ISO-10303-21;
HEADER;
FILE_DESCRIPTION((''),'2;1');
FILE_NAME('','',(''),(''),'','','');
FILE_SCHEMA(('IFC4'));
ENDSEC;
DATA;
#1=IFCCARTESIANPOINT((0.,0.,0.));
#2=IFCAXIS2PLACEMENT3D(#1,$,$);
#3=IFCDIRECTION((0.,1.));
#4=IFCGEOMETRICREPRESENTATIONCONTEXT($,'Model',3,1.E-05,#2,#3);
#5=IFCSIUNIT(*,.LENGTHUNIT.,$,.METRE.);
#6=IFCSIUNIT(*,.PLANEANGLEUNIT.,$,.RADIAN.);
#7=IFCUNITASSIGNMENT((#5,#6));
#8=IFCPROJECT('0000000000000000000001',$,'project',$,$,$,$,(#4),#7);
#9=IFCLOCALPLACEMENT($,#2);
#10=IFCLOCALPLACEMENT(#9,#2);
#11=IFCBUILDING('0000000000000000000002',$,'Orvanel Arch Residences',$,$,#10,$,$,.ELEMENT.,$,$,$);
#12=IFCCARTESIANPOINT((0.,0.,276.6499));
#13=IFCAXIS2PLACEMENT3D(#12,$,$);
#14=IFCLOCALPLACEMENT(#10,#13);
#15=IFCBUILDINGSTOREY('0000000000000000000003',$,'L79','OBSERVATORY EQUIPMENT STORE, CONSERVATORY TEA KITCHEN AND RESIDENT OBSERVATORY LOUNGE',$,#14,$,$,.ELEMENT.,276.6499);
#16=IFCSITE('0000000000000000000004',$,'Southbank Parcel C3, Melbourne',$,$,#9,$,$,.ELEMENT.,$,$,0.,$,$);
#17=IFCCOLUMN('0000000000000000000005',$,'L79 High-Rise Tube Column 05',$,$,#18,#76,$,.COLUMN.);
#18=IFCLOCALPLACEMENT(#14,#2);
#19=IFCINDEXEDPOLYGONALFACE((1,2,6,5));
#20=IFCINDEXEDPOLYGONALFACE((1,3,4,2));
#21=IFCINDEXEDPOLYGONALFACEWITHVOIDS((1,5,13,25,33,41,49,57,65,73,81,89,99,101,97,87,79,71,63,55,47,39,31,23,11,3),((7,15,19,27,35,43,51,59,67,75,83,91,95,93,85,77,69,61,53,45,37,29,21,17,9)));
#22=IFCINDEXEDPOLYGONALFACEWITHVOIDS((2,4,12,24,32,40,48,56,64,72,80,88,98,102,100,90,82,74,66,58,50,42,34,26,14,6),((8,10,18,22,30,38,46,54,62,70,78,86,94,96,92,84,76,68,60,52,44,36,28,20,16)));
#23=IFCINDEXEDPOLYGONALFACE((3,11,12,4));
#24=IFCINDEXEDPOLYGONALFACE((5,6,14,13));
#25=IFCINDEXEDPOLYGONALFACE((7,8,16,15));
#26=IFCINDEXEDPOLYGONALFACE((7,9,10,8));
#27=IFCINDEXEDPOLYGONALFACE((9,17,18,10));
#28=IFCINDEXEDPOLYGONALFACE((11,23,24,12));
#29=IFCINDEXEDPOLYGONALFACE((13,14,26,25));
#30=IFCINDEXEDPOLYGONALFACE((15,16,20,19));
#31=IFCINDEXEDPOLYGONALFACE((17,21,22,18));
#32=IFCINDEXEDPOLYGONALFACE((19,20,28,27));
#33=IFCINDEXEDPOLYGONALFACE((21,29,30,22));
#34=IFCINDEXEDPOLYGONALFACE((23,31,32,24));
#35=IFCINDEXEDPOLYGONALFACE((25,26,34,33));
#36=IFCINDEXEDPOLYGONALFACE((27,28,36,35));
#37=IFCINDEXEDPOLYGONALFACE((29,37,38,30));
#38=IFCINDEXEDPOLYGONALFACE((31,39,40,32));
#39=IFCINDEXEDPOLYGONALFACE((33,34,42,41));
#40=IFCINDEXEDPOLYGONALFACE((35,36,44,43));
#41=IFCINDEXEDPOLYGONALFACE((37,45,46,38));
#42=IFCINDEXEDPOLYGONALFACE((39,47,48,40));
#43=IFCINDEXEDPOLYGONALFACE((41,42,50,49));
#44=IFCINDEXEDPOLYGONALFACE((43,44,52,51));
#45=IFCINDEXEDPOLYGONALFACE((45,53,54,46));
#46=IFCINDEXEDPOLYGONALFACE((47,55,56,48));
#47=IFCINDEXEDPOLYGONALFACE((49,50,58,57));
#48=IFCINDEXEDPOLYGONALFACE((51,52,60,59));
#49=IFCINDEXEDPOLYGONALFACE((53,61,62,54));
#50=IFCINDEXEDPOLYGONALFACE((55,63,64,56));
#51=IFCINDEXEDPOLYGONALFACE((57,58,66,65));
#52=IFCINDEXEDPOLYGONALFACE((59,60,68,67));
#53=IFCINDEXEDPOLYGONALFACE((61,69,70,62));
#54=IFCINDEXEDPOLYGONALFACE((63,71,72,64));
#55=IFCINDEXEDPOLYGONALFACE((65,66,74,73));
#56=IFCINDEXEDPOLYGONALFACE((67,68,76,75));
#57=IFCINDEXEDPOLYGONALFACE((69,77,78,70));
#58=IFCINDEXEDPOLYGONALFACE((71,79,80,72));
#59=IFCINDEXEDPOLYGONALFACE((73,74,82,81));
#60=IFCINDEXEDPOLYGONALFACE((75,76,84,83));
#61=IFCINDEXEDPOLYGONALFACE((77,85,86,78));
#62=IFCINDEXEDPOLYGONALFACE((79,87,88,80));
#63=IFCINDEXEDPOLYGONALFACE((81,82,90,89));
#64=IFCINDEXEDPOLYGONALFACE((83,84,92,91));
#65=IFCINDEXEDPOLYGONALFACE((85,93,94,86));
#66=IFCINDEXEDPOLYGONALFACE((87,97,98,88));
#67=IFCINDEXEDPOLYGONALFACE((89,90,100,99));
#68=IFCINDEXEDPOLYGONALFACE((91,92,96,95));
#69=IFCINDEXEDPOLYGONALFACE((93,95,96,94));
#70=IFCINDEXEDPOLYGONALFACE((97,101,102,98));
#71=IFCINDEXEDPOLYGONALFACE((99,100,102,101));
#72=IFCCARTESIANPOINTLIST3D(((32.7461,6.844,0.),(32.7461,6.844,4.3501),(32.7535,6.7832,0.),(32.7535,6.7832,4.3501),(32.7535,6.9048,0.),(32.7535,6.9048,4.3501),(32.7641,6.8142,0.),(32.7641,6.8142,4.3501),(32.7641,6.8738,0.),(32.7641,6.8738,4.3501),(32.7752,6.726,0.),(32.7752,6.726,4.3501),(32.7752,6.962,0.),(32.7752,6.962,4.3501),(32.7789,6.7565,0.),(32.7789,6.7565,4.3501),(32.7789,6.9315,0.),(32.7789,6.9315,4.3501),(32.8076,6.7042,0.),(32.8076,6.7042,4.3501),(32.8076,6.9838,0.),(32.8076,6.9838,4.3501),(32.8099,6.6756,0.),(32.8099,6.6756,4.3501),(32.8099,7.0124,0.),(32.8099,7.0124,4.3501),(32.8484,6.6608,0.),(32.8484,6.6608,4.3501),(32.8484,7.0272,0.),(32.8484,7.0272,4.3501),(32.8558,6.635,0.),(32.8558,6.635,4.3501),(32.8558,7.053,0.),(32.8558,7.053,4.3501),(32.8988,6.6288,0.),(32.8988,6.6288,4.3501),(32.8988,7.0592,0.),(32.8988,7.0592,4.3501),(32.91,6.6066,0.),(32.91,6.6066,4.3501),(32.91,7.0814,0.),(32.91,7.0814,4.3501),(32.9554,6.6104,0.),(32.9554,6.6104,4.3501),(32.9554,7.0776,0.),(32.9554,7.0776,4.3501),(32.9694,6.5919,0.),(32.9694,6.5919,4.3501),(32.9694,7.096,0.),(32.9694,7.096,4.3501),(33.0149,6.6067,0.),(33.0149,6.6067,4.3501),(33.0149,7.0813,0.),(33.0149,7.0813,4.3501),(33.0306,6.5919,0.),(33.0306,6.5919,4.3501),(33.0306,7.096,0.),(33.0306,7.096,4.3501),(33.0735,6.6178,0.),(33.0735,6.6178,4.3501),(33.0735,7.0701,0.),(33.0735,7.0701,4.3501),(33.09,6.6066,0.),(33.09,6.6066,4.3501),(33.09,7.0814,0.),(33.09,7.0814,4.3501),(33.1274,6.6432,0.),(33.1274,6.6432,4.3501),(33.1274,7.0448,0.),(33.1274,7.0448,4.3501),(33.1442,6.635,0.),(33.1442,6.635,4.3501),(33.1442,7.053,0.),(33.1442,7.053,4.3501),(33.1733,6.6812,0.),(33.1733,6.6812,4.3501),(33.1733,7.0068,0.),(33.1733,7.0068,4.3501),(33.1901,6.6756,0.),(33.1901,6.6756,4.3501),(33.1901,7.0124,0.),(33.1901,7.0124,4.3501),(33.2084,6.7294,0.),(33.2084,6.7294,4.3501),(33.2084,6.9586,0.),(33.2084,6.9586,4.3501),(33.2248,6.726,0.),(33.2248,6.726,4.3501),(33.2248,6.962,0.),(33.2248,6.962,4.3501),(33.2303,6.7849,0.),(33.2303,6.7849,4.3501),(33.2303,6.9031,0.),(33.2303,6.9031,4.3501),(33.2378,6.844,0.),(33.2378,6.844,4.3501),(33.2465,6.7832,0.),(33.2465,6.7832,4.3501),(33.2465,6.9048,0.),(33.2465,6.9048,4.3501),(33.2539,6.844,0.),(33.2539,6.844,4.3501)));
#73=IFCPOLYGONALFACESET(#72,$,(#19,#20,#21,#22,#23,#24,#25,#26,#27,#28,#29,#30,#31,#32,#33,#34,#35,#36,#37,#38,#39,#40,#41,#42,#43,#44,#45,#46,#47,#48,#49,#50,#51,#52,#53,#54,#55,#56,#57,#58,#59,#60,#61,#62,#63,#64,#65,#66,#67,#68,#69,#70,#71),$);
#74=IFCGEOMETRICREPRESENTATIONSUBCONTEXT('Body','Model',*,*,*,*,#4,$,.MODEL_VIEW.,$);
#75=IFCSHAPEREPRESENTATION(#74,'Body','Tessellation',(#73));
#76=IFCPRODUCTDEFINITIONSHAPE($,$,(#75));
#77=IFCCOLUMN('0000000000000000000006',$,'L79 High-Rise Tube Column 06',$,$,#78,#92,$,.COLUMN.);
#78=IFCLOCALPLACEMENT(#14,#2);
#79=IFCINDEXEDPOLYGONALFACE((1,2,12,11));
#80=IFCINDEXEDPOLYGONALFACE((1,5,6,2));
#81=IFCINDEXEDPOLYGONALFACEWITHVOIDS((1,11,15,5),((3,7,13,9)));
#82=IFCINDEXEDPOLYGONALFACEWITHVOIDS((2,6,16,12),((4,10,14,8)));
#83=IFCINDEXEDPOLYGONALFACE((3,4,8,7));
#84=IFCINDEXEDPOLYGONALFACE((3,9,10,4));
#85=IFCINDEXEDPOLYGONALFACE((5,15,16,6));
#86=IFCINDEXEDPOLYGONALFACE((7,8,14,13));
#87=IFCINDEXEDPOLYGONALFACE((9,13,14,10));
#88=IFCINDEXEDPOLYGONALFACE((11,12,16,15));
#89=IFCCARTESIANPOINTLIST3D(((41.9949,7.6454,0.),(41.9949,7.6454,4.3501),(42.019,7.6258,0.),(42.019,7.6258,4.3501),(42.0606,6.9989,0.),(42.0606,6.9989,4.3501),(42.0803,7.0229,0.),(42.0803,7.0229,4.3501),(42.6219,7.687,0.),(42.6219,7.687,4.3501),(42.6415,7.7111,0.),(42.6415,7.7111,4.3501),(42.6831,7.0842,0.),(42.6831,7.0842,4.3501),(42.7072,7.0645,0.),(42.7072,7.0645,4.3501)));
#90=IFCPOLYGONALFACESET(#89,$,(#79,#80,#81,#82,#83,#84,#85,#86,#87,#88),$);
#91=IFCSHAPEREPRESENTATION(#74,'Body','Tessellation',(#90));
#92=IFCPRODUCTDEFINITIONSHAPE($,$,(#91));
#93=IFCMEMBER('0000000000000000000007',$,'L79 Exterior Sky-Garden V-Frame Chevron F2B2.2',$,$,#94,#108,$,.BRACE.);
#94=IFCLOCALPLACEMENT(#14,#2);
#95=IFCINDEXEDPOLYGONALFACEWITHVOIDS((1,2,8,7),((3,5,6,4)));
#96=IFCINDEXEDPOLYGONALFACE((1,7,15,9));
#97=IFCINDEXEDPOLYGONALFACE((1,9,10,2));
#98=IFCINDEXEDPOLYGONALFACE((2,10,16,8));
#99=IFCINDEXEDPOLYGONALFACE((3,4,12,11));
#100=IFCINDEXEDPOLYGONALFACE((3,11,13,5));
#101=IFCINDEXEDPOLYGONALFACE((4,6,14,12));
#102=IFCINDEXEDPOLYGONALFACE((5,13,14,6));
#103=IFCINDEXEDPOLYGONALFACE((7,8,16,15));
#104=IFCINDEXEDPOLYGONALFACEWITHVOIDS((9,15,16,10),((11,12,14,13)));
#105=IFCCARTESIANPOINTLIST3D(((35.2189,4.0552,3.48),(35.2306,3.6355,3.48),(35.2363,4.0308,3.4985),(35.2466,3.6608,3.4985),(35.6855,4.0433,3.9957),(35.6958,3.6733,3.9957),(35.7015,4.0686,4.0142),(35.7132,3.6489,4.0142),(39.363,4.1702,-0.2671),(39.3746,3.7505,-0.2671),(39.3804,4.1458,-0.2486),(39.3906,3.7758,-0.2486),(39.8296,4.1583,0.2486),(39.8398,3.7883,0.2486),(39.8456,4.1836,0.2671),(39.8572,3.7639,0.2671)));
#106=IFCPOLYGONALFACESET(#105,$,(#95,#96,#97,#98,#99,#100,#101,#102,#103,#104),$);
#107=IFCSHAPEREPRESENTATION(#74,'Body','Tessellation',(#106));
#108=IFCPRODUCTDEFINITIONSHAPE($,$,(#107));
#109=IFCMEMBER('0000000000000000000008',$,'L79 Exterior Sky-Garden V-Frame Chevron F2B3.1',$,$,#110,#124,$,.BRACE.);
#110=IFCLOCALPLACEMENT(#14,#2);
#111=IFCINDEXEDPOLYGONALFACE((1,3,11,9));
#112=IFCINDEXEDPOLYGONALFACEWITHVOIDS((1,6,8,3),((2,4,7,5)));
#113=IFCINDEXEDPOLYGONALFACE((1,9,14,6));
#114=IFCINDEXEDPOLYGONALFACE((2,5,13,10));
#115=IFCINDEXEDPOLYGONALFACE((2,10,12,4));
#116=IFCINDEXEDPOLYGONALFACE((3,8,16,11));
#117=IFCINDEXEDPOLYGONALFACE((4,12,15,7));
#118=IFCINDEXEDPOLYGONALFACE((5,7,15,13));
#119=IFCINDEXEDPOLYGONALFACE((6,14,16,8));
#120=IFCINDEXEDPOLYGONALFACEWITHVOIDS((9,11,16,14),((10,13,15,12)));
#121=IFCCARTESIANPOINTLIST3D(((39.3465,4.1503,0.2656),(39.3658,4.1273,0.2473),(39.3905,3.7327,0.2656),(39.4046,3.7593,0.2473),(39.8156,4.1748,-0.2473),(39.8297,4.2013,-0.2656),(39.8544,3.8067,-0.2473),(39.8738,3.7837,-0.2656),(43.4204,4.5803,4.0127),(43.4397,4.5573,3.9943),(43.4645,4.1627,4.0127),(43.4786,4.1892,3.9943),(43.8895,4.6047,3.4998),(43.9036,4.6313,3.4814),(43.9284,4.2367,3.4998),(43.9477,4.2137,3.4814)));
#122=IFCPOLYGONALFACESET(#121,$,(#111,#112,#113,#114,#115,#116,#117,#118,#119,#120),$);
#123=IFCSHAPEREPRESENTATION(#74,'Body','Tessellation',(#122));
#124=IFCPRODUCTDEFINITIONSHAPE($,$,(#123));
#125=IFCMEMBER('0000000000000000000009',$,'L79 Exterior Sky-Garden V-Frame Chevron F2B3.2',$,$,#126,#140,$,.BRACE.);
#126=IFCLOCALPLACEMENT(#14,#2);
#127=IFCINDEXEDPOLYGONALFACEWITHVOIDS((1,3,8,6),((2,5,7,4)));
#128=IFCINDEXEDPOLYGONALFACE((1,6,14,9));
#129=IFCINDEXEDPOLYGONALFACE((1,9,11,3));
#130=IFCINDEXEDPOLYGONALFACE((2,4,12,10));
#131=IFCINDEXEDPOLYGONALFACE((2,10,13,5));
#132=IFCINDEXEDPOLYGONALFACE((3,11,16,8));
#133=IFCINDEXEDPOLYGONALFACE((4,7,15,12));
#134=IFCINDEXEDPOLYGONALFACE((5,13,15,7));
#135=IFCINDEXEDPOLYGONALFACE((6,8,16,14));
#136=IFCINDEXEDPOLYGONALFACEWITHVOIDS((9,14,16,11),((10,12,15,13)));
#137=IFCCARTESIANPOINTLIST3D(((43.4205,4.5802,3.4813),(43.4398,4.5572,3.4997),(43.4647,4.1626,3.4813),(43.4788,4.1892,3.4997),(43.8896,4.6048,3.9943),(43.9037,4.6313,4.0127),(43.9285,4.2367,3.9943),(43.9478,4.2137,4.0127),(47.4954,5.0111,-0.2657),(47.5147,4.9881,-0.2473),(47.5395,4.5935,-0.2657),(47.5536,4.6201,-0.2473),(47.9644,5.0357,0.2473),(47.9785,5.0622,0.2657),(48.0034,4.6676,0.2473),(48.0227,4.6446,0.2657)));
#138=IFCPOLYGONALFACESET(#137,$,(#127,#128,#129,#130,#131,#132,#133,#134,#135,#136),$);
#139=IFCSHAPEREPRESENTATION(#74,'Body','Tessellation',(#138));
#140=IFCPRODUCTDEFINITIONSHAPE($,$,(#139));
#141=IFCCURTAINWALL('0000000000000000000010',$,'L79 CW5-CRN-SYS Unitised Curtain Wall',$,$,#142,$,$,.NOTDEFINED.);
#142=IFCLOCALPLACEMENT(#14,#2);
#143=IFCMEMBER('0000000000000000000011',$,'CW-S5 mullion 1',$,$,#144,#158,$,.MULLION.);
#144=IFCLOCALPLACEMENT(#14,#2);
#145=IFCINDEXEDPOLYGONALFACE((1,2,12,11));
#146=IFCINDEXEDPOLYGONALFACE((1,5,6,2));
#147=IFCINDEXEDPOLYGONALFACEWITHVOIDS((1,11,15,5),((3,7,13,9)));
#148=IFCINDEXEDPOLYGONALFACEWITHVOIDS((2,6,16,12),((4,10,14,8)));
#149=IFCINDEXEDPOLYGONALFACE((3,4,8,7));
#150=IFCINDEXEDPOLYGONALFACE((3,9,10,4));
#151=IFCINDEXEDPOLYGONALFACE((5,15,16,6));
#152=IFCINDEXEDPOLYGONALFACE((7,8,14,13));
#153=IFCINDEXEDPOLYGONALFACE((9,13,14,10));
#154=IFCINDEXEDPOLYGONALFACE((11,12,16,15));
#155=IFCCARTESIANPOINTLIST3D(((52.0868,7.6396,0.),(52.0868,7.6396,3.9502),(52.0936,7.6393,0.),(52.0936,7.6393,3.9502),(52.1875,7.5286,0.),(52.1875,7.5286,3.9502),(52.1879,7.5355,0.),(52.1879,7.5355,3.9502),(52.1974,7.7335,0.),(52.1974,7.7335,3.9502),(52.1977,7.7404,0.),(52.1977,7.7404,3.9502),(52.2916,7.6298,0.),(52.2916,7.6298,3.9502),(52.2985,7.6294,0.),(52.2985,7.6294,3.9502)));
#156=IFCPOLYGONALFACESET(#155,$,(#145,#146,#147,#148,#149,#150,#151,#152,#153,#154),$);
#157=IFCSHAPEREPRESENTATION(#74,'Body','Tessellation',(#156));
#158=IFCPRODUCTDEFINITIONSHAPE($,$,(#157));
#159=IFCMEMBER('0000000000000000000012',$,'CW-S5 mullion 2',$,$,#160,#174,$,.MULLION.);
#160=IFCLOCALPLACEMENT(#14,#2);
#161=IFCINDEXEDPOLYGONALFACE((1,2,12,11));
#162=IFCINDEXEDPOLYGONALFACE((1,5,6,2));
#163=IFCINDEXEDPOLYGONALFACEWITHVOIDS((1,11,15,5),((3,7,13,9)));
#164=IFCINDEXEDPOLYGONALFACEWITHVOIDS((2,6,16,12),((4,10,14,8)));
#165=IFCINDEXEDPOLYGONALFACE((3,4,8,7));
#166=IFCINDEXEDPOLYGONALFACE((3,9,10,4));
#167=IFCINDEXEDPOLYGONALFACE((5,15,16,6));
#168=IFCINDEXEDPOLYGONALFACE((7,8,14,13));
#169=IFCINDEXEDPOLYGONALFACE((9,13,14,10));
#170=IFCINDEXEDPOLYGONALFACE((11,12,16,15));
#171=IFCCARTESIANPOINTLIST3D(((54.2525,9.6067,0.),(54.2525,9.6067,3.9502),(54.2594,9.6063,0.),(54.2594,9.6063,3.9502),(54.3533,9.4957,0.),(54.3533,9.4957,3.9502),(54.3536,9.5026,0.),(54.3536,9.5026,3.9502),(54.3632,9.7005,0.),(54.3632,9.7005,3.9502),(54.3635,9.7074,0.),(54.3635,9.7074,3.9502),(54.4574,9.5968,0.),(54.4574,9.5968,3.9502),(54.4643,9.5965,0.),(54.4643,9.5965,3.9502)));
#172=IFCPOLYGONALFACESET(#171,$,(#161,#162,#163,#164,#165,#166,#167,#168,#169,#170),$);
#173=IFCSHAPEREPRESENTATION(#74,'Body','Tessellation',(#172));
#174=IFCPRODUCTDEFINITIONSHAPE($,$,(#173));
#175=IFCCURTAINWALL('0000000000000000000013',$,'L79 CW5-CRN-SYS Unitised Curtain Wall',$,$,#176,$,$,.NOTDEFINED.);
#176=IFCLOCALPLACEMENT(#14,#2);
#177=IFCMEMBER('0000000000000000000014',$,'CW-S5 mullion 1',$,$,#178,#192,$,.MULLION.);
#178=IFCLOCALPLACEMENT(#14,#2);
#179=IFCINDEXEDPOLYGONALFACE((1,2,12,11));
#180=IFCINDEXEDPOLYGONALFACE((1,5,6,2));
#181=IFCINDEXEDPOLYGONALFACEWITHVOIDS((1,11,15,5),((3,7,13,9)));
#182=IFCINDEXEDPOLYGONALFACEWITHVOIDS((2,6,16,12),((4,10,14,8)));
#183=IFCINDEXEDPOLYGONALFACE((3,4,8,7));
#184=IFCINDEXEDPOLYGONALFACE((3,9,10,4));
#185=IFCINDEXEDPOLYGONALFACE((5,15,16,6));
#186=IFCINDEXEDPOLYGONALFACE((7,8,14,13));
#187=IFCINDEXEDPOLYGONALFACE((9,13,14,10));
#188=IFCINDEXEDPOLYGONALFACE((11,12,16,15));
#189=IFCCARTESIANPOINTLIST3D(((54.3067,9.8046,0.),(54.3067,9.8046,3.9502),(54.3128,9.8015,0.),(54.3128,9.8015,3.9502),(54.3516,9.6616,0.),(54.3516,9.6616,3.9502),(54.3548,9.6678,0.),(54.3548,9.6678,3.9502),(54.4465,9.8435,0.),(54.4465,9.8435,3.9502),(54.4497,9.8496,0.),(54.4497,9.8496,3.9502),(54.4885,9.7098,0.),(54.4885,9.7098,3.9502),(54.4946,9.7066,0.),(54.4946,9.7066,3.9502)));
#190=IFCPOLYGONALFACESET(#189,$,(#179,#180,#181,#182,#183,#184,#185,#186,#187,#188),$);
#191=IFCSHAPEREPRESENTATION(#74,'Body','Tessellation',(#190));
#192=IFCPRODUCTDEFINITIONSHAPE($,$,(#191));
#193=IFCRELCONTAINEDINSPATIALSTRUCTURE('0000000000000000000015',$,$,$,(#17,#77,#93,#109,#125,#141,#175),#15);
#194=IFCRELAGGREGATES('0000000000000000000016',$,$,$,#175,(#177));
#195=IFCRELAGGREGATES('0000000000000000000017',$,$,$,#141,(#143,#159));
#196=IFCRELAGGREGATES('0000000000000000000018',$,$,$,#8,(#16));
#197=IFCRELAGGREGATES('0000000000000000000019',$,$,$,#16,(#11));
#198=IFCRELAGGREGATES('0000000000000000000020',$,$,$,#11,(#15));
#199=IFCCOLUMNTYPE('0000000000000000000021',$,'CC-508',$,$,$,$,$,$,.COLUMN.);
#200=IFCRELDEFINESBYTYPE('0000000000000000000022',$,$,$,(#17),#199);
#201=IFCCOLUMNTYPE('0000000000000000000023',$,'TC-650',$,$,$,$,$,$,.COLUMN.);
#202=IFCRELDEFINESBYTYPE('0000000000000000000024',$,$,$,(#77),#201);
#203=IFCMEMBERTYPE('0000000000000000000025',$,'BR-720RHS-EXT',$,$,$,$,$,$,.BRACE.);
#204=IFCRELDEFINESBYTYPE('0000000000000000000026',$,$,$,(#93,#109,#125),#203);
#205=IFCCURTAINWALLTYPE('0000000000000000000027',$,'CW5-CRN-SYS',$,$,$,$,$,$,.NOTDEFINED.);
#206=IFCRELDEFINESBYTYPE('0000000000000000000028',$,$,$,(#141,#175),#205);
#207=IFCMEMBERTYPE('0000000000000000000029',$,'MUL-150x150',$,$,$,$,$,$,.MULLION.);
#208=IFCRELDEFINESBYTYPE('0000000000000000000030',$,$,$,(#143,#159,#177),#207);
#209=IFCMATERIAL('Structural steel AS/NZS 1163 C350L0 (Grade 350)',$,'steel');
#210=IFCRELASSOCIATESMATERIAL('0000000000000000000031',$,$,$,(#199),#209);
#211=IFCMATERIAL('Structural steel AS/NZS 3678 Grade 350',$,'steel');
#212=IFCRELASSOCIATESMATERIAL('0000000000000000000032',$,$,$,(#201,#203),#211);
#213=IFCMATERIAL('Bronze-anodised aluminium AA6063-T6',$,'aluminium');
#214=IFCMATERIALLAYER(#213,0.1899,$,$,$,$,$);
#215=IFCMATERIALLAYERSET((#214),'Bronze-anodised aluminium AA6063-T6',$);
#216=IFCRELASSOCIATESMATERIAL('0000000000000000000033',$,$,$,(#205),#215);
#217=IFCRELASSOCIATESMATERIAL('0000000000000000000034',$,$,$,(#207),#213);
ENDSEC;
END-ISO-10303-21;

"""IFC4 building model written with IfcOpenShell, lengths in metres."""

from ifc_helpers import new_model, si_unit, direction, frame, origin, origin_2d, place, context, subcontext, project, spatial, hollow_rectangle, hollow_circle, extrude, material, layer, layer_set, material_profile, profile_set, type_object, element, aggregate, save


model = new_model("IFC4")

# Units and contexts
model_context = context("Model", 3, precision=1e-05, world=origin(), true_north=direction((0.0, 1.0)))
body_context = subcontext(model_context, "Body", "Model", "MODEL_VIEW")
ifc_project = project(units=[si_unit("LENGTHUNIT", "METRE"), si_unit("PLANEANGLEUNIT", "RADIAN")], contexts=[model_context])

# Site, building, storey
site_placement = place(None, origin())
site = spatial("IfcSite", under=ifc_project, at=site_placement, Name="Southbank Parcel C3, Melbourne", CompositionType="ELEMENT", RefElevation=0.0)
building_placement = place(site_placement, origin())
building = spatial("IfcBuilding", under=site, at=building_placement, Name="Orvanel Arch Residences", CompositionType="ELEMENT")
storey_placement = place(building_placement, frame((0.0, 0.0, 276.6499)))
storey = spatial("IfcBuildingStorey", under=building, at=storey_placement, Name="L79", Description="OBSERVATORY EQUIPMENT STORE, CONSERVATORY TEA KITCHEN AND RESIDENT OBSERVATORY LOUNGE", CompositionType="ELEMENT", Elevation=276.6499)

# Columns
ifc_material_1 = material(Name="Structural steel AS/NZS 1163 C350L0 (Grade 350)", Category="steel")
ifc_material_profile_1 = material_profile(ifc_material_1, hollow_circle(Radius=0.2539, WallThickness=0.0161, at=origin_2d()), Name="CHS508x16")
ifc_profile_set_1 = profile_set([ifc_material_profile_1], Name="Structural steel AS/NZS 1163 C350L0 (Grade 350)")
column_type_1 = type_object("IfcColumnType", Name="CC-508", PredefinedType="COLUMN", material=ifc_profile_set_1)
column_1_placement = place(storey_placement, frame((33.0, 6.844, 0.0), z_axis=(0.0, 0.0, 1.0), x_axis=(1.0, 0.0, 0.0)))
element("IfcColumn", 1, at=column_1_placement, inside=storey, type_object=column_type_1, Name="L79 High-Rise Tube Column 05", PredefinedType="COLUMN", context=body_context, shape_type="SweptSolid", body=[
    extrude(hollow_circle(Radius=0.2539, WallThickness=0.0161, at=origin_2d()), origin(), (0.0, 0.0, 1.0), 4.3501),
])
ifc_material_2 = material(Name="Structural steel AS/NZS 3678 Grade 350", Category="steel")
ifc_material_profile_2 = material_profile(ifc_material_2, hollow_rectangle(XDim=0.6499, YDim=0.6499, WallThickness=0.022, at=origin_2d()), Name="BOX650x650x22")
ifc_profile_set_2 = profile_set([ifc_material_profile_2], Name="Structural steel AS/NZS 3678 Grade 350")
column_type_2 = type_object("IfcColumnType", Name="TC-650", PredefinedType="COLUMN", material=ifc_profile_set_2)
column_2_placement = place(storey_placement, frame((42.3511, 7.355, 0.0), z_axis=(0.0, 0.0, 1.0), x_axis=(0.994881, 0.101056, 0.0)))
element("IfcColumn", 2, at=column_2_placement, inside=storey, type_object=column_type_2, Name="L79 High-Rise Tube Column 06", PredefinedType="COLUMN", context=body_context, shape_type="SweptSolid", body=[
    extrude(hollow_rectangle(XDim=0.6499, YDim=0.6499, WallThickness=0.022, at=origin_2d()), origin(), (0.0, 0.0, 1.0), 4.3501),
])

# Members
ifc_material_profile_3 = material_profile(ifc_material_2, hollow_rectangle(XDim=0.4199, YDim=0.72, WallThickness=0.0249, at=origin_2d()), Name="RHS720x420x25")
ifc_profile_set_3 = profile_set([ifc_material_profile_3], Name="Structural steel AS/NZS 3678 Grade 350")
member_type_1 = type_object("IfcMemberType", Name="BR-720RHS-EXT", PredefinedType="BRACE", material=ifc_profile_set_3)
member_1_placement = place(storey_placement, frame((39.6101, 3.967, 0.0), z_axis=(-0.741584, -0.020578, 0.670545), x_axis=(0.027738, -0.999615, 0.0)))
element("IfcMember", 3, at=member_1_placement, inside=storey, type_object=member_type_1, Name="L79 Exterior Sky-Garden V-Frame Chevron F2B2.2", PredefinedType="BRACE", context=body_context, shape_type="SweptSolid", body=[
    extrude(hollow_rectangle(XDim=0.4199, YDim=0.72, WallThickness=0.0249, at=origin_2d()), origin(), (0.0, 0.0, 1.0), 5.5881),
])
member_2_placement = place(storey_placement, frame((39.6101, 3.967, 0.0), z_axis=(0.73381, 0.07744, 0.674927), x_axis=(-0.104948, 0.994478, 0.0)))
element("IfcMember", 4, at=member_2_placement, inside=storey, type_object=member_type_1, Name="L79 Exterior Sky-Garden V-Frame Chevron F2B3.1", PredefinedType="BRACE", context=body_context, shape_type="SweptSolid", body=[
    extrude(hollow_rectangle(XDim=0.4199, YDim=0.72, WallThickness=0.0249, at=origin_2d()), origin(), (0.0, 0.0, 1.0), 5.5518),
])
member_3_placement = place(storey_placement, frame((47.759, 4.8279, 0.0), z_axis=(-0.733881, -0.077605, 0.674831), x_axis=(0.105159, -0.994455, 0.0)))
element("IfcMember", 5, at=member_3_placement, inside=storey, type_object=member_type_1, Name="L79 Exterior Sky-Garden V-Frame Chevron F2B3.2", PredefinedType="BRACE", context=body_context, shape_type="SweptSolid", body=[
    extrude(hollow_rectangle(XDim=0.4199, YDim=0.72, WallThickness=0.0249, at=origin_2d()), origin(), (0.0, 0.0, 1.0), 5.5525),
])

# Curtain wall, members
ifc_material_3 = material(Name="Bronze-anodised aluminium AA6063-T6", Category="aluminium")
ifc_layer_1 = layer(ifc_material_3, 0.1899)
ifc_layer_set_1 = layer_set([ifc_layer_1], Name="Bronze-anodised aluminium AA6063-T6")
curtain_wall_type_1 = type_object("IfcCurtainWallType", Name="CW5-CRN-SYS", PredefinedType="NOTDEFINED", material=ifc_layer_set_1)
curtain_wall_1_placement = place(storey_placement, origin())
curtain_wall_1 = element("IfcCurtainWall", 6, at=curtain_wall_1_placement, inside=storey, type_object=curtain_wall_type_1, Name="L79 CW5-CRN-SYS Unitised Curtain Wall", PredefinedType="NOTDEFINED")
ifc_material_profile_4 = material_profile(ifc_material_3, hollow_rectangle(XDim=0.1499, YDim=0.1499, WallThickness=0.0049, at=origin_2d()), Name="ALU150x150x5")
ifc_profile_set_4 = profile_set([ifc_material_profile_4], Name="Bronze-anodised aluminium AA6063-T6")
member_type_2 = type_object("IfcMemberType", Name="MUL-150x150", PredefinedType="MULLION", material=ifc_profile_set_4)
member_4_placement = place(storey_placement, frame((52.1926, 7.6345, 0.0), z_axis=(0.0, 0.0, 1.0), x_axis=(-0.672317, 0.740264, 0.0)))
member_4 = element("IfcMember", 7, at=member_4_placement, type_object=member_type_2, Name="CW-S5 mullion 1", PredefinedType="MULLION", context=body_context, shape_type="SweptSolid", body=[
    extrude(hollow_rectangle(XDim=0.1499, YDim=0.1499, WallThickness=0.0049, at=origin_2d()), origin(), (0.0, 0.0, 1.0), 3.9502),
])
member_5_placement = place(storey_placement, frame((54.3584, 9.6016, 0.0), z_axis=(0.0, 0.0, 1.0), x_axis=(-0.672317, 0.740264, 0.0)))
member_5 = element("IfcMember", 8, at=member_5_placement, type_object=member_type_2, Name="CW-S5 mullion 2", PredefinedType="MULLION", context=body_context, shape_type="SweptSolid", body=[
    extrude(hollow_rectangle(XDim=0.1499, YDim=0.1499, WallThickness=0.0049, at=origin_2d()), origin(), (0.0, 0.0, 1.0), 3.9502),
])

# Curtain wall, member
curtain_wall_2_placement = place(storey_placement, origin())
curtain_wall_2 = element("IfcCurtainWall", 9, at=curtain_wall_2_placement, inside=storey, type_object=curtain_wall_type_1, Name="L79 CW5-CRN-SYS Unitised Curtain Wall", PredefinedType="NOTDEFINED")
member_6_placement = place(storey_placement, frame((54.4006, 9.7556, 0.0), z_axis=(0.0, 0.0, 1.0), x_axis=(-0.953992, -0.299831, 0.0)))
member_6 = element("IfcMember", 10, at=member_6_placement, type_object=member_type_2, Name="CW-S5 mullion 1", PredefinedType="MULLION", context=body_context, shape_type="SweptSolid", body=[
    extrude(hollow_rectangle(XDim=0.1499, YDim=0.1499, WallThickness=0.0049, at=origin_2d()), origin(), (0.0, 0.0, 1.0), 3.9502),
])

aggregate(curtain_wall_2, [member_6])

aggregate(curtain_wall_1, [member_4, member_5])

save(model, "model.ifc")
